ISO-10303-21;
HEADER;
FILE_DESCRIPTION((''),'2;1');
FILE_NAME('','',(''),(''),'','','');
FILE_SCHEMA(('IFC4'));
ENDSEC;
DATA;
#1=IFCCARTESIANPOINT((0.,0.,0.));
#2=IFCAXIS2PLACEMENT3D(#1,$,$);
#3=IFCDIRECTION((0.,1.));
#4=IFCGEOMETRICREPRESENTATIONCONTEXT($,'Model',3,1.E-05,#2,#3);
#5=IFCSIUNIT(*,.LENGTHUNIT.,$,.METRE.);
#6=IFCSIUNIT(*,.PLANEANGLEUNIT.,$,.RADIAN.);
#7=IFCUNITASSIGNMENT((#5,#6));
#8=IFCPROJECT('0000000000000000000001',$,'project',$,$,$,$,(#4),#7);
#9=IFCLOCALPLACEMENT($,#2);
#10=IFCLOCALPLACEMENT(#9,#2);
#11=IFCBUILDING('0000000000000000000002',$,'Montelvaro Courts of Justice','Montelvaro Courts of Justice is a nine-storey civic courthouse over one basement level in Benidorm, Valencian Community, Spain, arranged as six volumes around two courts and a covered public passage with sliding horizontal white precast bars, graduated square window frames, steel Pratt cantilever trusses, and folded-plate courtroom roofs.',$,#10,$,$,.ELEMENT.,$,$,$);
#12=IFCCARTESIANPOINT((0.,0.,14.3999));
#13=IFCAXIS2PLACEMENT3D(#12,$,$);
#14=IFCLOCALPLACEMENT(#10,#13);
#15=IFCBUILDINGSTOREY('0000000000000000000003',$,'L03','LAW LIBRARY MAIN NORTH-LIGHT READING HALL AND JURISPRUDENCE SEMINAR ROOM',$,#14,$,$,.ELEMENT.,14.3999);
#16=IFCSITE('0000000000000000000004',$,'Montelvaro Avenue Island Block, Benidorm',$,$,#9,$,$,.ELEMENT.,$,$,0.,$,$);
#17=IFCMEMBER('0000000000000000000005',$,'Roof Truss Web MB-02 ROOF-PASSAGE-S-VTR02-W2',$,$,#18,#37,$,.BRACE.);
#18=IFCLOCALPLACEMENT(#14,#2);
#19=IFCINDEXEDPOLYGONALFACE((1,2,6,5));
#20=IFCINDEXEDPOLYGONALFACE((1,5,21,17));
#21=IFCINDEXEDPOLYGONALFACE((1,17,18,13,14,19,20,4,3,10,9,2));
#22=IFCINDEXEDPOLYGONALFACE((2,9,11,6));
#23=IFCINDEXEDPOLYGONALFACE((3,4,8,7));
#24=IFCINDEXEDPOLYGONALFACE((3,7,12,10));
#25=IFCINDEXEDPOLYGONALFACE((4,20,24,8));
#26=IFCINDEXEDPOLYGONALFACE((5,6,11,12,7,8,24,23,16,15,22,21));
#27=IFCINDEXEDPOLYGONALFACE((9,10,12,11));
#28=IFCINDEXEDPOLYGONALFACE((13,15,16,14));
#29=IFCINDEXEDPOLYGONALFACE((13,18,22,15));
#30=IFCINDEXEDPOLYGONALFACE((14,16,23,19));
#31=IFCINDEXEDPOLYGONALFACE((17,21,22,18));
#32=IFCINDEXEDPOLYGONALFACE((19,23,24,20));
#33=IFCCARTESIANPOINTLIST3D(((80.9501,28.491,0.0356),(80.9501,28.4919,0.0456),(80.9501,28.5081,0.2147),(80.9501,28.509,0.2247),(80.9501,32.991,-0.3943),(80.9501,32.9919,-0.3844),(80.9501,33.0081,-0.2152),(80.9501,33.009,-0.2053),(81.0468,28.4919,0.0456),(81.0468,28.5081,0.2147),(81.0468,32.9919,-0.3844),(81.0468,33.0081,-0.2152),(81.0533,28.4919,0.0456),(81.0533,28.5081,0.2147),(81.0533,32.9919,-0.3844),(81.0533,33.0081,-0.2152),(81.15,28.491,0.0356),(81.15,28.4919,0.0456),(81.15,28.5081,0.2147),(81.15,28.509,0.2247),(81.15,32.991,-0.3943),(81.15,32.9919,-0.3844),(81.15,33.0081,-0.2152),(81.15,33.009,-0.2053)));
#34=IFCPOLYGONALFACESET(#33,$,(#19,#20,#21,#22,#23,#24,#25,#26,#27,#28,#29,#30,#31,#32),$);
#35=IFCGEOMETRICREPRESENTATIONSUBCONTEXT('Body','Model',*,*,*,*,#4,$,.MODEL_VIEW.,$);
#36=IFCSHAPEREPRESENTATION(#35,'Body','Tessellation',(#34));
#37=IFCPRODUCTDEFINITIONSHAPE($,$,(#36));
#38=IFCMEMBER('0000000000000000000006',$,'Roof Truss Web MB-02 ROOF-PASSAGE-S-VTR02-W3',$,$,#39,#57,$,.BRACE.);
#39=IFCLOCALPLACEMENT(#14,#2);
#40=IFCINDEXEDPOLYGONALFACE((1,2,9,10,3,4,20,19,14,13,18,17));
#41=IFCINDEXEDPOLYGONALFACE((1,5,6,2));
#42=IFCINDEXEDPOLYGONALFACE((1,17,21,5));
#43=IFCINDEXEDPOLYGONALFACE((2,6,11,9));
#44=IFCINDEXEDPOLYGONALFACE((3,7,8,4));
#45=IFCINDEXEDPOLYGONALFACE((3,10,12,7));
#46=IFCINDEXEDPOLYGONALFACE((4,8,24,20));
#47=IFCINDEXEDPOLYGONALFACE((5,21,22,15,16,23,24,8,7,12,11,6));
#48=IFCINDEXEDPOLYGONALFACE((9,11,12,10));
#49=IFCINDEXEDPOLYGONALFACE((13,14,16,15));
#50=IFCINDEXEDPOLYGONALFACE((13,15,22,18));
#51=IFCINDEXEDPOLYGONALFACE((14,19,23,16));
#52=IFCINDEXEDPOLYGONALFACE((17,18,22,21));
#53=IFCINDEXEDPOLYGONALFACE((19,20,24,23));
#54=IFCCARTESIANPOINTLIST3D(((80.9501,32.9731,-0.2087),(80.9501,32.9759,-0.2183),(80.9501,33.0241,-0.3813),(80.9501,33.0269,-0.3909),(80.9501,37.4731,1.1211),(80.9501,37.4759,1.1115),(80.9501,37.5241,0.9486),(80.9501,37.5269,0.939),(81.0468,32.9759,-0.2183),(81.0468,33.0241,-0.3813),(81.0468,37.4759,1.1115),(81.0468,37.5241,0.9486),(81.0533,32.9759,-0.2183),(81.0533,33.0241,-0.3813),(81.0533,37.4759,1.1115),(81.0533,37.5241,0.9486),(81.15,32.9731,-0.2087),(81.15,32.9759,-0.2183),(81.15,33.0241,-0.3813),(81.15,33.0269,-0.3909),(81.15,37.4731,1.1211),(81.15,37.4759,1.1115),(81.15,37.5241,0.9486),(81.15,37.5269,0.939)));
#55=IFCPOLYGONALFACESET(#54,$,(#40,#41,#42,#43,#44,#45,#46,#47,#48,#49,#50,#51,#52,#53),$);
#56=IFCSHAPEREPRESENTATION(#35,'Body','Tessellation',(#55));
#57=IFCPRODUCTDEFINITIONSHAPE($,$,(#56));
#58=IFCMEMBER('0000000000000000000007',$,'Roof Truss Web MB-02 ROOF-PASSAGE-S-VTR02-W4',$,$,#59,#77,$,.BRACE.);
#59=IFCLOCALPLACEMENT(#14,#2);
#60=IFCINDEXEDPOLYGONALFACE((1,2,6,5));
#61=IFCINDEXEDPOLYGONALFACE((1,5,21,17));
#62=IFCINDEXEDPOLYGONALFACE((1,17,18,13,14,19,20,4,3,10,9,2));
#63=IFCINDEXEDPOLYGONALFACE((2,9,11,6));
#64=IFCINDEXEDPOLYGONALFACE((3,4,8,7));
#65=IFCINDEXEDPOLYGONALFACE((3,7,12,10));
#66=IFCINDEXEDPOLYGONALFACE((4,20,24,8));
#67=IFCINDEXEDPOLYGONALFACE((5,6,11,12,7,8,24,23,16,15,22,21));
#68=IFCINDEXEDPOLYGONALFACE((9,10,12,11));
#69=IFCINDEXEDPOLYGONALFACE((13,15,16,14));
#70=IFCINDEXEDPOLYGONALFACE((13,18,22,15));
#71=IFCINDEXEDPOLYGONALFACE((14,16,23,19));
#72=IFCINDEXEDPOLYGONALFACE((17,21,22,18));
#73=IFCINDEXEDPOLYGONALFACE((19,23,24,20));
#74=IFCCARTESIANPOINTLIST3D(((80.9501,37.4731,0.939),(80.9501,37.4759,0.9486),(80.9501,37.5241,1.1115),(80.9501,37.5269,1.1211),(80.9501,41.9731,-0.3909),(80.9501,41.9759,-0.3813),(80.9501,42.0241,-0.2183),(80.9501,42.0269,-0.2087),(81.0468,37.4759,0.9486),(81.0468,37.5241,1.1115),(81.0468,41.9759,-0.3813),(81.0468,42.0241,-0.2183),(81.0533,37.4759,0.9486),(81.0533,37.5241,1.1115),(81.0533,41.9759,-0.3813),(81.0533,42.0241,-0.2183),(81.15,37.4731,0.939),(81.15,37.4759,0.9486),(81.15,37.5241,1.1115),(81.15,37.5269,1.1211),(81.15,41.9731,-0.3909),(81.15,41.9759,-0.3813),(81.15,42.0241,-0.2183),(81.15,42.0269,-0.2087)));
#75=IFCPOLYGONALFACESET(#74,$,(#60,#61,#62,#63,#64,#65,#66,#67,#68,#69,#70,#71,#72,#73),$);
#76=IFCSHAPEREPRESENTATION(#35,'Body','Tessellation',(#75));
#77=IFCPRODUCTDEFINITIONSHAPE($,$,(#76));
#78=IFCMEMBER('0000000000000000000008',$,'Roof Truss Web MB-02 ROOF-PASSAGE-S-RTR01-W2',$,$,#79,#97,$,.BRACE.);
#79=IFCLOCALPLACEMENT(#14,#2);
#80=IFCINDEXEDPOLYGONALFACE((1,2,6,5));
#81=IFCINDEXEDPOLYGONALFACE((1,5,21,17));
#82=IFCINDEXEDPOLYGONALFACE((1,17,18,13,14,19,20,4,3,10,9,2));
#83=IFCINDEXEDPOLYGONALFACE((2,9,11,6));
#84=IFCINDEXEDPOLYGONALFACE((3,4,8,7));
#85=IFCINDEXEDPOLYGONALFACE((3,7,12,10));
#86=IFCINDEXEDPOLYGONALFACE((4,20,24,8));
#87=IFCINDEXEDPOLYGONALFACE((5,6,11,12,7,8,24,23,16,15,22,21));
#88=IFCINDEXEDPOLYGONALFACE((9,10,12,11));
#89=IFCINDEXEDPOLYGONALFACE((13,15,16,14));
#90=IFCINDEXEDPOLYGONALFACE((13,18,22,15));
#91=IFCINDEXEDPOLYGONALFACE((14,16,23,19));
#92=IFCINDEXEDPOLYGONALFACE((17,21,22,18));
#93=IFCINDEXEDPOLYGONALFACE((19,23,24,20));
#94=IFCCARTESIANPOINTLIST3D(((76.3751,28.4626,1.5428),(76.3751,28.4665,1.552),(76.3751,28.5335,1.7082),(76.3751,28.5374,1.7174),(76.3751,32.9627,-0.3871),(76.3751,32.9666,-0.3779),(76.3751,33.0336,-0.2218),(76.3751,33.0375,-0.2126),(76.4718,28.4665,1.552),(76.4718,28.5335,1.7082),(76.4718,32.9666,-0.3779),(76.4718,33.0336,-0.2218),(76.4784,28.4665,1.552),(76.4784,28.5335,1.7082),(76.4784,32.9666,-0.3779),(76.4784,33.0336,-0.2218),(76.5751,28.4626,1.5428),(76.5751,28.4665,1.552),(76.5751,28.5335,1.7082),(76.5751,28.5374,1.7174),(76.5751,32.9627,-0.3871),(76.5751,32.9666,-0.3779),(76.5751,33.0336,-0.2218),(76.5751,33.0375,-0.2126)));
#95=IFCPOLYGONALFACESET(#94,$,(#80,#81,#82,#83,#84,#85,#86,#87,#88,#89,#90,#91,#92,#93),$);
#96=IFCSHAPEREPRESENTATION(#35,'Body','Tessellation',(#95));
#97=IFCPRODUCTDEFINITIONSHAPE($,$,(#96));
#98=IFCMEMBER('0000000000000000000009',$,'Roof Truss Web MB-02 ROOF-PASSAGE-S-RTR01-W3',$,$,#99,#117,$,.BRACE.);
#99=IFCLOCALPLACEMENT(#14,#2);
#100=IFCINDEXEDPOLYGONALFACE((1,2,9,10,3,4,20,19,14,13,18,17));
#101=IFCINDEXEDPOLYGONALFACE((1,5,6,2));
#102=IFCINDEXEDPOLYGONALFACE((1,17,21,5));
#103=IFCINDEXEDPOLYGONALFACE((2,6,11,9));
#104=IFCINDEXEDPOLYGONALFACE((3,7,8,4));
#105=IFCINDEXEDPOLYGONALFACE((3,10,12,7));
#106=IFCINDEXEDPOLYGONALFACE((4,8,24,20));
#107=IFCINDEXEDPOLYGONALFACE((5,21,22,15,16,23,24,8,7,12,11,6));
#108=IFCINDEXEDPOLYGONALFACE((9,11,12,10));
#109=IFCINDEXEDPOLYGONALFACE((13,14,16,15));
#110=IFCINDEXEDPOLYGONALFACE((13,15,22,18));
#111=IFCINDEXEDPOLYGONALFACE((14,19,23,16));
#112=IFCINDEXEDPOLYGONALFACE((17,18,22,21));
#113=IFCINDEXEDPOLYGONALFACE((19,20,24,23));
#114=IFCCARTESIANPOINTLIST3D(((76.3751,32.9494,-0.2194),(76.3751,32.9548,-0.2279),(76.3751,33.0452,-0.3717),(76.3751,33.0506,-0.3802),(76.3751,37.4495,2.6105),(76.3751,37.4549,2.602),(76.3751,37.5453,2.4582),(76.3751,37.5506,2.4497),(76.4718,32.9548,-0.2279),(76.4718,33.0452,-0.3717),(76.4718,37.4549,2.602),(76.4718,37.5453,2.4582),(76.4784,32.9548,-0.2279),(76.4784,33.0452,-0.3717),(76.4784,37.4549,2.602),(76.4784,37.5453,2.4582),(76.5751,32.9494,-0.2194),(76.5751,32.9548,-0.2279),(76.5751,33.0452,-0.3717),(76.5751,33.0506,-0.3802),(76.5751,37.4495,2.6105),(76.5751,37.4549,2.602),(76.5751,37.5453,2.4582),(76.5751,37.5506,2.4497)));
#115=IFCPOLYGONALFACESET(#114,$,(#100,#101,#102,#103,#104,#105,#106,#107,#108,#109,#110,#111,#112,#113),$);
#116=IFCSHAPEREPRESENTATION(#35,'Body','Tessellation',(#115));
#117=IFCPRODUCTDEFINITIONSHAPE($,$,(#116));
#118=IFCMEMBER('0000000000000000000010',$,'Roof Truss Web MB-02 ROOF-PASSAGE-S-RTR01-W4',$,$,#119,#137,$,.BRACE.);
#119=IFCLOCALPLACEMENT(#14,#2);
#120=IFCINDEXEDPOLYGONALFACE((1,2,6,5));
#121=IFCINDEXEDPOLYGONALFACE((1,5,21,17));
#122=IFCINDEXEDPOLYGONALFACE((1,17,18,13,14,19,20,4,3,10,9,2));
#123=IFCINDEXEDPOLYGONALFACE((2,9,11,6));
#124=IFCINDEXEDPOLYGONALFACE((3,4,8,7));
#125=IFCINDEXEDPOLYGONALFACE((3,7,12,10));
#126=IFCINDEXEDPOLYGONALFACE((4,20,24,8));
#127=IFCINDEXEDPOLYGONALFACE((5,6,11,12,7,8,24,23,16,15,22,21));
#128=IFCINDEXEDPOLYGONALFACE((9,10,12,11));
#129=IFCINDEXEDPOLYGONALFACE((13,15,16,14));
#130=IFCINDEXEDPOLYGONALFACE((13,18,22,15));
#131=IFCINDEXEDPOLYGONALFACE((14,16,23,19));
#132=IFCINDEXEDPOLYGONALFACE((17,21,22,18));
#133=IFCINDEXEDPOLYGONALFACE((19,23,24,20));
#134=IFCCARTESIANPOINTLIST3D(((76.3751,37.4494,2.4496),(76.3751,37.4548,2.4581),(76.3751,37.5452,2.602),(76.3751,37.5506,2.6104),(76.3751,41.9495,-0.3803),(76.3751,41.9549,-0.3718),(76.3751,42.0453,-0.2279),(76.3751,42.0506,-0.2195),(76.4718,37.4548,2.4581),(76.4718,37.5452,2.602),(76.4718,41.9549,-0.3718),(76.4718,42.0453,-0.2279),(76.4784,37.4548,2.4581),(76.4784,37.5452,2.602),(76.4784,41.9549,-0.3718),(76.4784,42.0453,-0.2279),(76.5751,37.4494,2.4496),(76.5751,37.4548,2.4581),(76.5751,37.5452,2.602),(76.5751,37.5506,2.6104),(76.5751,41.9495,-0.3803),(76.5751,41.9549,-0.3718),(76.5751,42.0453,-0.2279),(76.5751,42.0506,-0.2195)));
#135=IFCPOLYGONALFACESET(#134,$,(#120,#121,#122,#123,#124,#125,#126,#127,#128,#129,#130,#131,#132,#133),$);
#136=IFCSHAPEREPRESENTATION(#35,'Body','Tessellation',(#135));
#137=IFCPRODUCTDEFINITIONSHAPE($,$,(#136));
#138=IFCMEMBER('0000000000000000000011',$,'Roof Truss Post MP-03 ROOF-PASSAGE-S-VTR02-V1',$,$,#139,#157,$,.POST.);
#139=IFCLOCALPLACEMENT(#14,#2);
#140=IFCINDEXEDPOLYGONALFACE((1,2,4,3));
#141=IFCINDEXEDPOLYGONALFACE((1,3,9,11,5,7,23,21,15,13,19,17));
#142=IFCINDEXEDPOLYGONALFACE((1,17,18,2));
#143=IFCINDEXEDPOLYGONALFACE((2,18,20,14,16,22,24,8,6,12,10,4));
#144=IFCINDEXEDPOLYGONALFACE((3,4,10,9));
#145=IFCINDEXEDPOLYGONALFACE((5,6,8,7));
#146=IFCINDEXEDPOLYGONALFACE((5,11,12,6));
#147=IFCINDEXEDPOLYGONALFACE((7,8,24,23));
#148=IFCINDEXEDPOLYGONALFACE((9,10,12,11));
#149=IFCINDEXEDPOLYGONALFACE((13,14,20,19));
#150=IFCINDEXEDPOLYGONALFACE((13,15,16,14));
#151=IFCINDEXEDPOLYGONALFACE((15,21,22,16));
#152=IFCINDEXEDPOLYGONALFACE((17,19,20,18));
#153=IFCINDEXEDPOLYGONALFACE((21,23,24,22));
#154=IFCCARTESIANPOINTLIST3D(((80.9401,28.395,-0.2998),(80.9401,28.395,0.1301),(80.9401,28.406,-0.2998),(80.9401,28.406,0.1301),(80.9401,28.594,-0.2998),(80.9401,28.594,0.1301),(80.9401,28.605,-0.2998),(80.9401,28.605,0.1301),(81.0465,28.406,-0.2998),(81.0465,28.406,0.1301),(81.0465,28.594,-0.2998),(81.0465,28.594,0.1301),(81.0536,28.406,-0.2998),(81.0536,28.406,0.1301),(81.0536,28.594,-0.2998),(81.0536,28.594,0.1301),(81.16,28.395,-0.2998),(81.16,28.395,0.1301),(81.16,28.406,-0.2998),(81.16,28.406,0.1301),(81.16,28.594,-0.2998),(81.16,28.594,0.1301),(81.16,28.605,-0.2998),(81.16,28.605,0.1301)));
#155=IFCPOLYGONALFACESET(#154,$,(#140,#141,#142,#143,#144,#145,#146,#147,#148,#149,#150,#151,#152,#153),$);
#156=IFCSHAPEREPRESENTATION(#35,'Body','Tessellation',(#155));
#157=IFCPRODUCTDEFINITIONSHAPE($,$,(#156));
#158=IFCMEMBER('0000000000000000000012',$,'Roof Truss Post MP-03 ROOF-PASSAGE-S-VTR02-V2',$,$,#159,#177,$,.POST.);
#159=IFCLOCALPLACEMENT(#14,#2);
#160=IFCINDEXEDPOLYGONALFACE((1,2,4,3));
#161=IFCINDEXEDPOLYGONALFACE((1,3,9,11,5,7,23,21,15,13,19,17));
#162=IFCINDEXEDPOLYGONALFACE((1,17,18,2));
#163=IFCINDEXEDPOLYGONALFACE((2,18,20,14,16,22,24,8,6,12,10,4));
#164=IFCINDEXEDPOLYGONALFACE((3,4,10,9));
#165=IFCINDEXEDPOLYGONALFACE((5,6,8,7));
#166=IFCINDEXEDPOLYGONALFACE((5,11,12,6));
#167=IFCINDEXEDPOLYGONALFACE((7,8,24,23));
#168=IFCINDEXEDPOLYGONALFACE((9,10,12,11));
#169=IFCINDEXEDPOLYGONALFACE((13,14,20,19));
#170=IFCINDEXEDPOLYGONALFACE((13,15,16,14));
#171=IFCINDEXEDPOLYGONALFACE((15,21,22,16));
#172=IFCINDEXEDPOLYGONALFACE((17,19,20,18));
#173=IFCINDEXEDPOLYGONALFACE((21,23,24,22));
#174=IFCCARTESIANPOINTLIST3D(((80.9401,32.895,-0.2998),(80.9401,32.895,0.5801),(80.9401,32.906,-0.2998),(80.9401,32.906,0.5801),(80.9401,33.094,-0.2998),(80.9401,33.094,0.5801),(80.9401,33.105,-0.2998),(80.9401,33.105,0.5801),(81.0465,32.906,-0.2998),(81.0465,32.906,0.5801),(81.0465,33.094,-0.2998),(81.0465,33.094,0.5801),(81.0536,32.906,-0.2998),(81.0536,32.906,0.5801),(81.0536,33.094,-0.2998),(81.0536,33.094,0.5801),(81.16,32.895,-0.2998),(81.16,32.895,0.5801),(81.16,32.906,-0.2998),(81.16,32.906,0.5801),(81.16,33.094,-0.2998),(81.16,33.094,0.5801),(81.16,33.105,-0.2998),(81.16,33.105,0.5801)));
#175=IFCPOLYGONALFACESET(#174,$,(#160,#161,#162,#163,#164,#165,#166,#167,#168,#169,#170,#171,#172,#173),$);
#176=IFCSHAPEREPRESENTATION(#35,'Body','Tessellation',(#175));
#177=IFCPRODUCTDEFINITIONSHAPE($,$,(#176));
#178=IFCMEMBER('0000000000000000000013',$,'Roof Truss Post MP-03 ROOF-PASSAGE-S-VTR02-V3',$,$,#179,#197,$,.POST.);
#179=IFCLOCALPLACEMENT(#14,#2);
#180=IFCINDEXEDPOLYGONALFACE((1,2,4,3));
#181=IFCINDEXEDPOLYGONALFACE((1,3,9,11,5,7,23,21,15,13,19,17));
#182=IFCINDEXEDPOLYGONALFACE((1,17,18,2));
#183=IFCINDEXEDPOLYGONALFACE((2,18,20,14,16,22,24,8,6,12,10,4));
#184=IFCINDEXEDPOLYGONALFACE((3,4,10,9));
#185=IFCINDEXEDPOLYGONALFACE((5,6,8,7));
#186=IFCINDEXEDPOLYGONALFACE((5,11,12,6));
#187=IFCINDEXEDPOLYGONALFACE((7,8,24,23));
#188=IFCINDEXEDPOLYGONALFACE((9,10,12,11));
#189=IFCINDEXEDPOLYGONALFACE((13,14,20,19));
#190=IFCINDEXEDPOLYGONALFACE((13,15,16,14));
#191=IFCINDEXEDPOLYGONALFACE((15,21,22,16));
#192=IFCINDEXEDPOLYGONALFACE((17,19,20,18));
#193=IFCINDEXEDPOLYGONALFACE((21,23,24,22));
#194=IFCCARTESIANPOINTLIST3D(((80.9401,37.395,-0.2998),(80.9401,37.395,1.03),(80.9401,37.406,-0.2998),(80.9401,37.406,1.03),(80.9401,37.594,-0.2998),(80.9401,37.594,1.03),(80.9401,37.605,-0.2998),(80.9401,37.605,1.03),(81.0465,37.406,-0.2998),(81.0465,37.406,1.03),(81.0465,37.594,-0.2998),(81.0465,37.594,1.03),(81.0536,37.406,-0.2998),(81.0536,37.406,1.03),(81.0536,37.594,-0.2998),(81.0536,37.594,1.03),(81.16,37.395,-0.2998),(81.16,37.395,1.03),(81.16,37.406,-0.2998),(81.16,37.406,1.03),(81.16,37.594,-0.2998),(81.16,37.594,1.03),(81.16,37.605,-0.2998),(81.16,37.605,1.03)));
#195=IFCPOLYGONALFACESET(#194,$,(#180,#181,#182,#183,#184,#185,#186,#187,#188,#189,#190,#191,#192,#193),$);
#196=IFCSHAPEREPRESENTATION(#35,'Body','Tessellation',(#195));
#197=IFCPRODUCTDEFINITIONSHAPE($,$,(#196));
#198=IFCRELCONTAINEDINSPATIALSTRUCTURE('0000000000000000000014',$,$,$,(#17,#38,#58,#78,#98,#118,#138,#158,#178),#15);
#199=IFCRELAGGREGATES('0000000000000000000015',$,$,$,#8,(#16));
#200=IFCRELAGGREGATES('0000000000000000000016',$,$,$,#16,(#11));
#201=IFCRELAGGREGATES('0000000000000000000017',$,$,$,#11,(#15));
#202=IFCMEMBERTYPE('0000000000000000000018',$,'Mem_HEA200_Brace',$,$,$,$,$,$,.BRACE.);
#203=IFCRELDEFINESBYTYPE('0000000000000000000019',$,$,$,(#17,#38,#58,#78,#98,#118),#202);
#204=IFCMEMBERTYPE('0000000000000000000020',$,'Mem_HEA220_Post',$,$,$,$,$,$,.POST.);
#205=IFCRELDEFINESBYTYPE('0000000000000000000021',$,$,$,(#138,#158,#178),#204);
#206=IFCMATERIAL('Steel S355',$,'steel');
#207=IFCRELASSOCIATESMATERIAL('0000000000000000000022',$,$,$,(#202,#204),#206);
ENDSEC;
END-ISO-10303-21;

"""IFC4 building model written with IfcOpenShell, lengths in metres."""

from ifc_helpers import new_model, si_unit, direction, frame, origin, origin_2d, place, context, subcontext, project, spatial, i_section, extrude, material, material_profile, profile_set, type_object, element, save


model = new_model("IFC4")

# Units and contexts
model_context = context("Model", 3, precision=1e-05, world=origin(), true_north=direction((0.0, 1.0)))
body_context = subcontext(model_context, "Body", "Model", "MODEL_VIEW")
ifc_project = project(units=[si_unit("LENGTHUNIT", "METRE"), si_unit("PLANEANGLEUNIT", "RADIAN")], contexts=[model_context])

# Site, building, storey
site_placement = place(None, origin())
site = spatial("IfcSite", under=ifc_project, at=site_placement, Name="Montelvaro Avenue Island Block, Benidorm", CompositionType="ELEMENT", RefElevation=0.0)
building_placement = place(site_placement, origin())
building = spatial("IfcBuilding", under=site, at=building_placement, Name="Montelvaro Courts of Justice", Description="Montelvaro Courts of Justice is a nine-storey civic courthouse over one basement level in Benidorm, Valencian Community, Spain, arranged as six volumes around two courts and a covered public passage with sliding horizontal white precast bars, graduated square window frames, steel Pratt cantilever trusses, and folded-plate courtroom roofs.", CompositionType="ELEMENT")
storey_placement = place(building_placement, frame((0.0, 0.0, 14.3999)))
storey = spatial("IfcBuildingStorey", under=building, at=storey_placement, Name="L03", Description="LAW LIBRARY MAIN NORTH-LIGHT READING HALL AND JURISPRUDENCE SEMINAR ROOM", CompositionType="ELEMENT", Elevation=14.3999)

# Members
ifc_material = material(Name="Steel S355", Category="steel")
ifc_material_profile_1 = material_profile(ifc_material, i_section(OverallWidth=0.2, OverallDepth=0.1899, WebThickness=0.0066, FlangeThickness=0.01, at=origin_2d()), Name="HEA 200")
ifc_profile_set_1 = profile_set([ifc_material_profile_1], Name="Steel S355")
member_type_1 = type_object("IfcMemberType", Name="Mem_HEA200_Brace", PredefinedType="BRACE", material=ifc_profile_set_1)
member_1_placement = place(storey_placement, frame((81.05, 28.5, 0.1301), z_axis=(0.0, 0.995467, -0.095107), x_axis=(-1.0, 0.0, 0.0)))
element("IfcMember", 1, at=member_1_placement, inside=storey, type_object=member_type_1, Name="Roof Truss Web MB-02 ROOF-PASSAGE-S-VTR02-W2", PredefinedType="BRACE", context=body_context, shape_type="SweptSolid", body=[
    extrude(i_section(OverallWidth=0.2, OverallDepth=0.1899, WebThickness=0.0066, FlangeThickness=0.01, at=origin_2d()), origin(), (0.0, 0.0, 1.0), 4.5205),
])
for number, where, z_axis, x_axis, name in (
    (2, (81.05, 33.0, -0.2998), (0.0, 0.959001, 0.283403), (-1.0, 0.0, 0.0), "Roof Truss Web MB-02 ROOF-PASSAGE-S-VTR02-W3"),
    (3, (81.05, 37.5, 1.03), (0.0, 0.959001, -0.283403), (-1.0, 0.0, 0.0), "Roof Truss Web MB-02 ROOF-PASSAGE-S-VTR02-W4"),
):
    element("IfcMember", number, at=place(storey_placement, frame(where, z_axis=z_axis, x_axis=x_axis)), inside=storey, type_object=member_type_1, Name=name, PredefinedType="BRACE", context=body_context, shape_type="SweptSolid", body=[
        extrude(i_section(OverallWidth=0.2, OverallDepth=0.1899, WebThickness=0.0066, FlangeThickness=0.01, at=origin_2d()), origin(), (0.0, 0.0, 1.0), 4.6924),
    ])
member_2_placement = place(storey_placement, frame((76.4751, 28.5, 1.6301), z_axis=(0.0, 0.919044, -0.394154), x_axis=(-1.0, 0.0, 0.0)))
element("IfcMember", 4, at=member_2_placement, inside=storey, type_object=member_type_1, Name="Roof Truss Web MB-02 ROOF-PASSAGE-S-RTR01-W2", PredefinedType="BRACE", context=body_context, shape_type="SweptSolid", body=[
    extrude(i_section(OverallWidth=0.2, OverallDepth=0.1899, WebThickness=0.0066, FlangeThickness=0.01, at=origin_2d()), origin(), (0.0, 0.0, 1.0), 4.8965),
])
for number, where, z_axis, x_axis, name in (
    (5, (76.4751, 33.0, -0.2998), (0.0, 0.84653, 0.532342), (-1.0, 0.0, 0.0), "Roof Truss Web MB-02 ROOF-PASSAGE-S-RTR01-W3"),
    (6, (76.4751, 37.5, 2.53), (0.0, 0.84653, -0.532342), (-1.0, 0.0, 0.0), "Roof Truss Web MB-02 ROOF-PASSAGE-S-RTR01-W4"),
):
    element("IfcMember", number, at=place(storey_placement, frame(where, z_axis=z_axis, x_axis=x_axis)), inside=storey, type_object=member_type_1, Name=name, PredefinedType="BRACE", context=body_context, shape_type="SweptSolid", body=[
        extrude(i_section(OverallWidth=0.2, OverallDepth=0.1899, WebThickness=0.0066, FlangeThickness=0.01, at=origin_2d()), origin(), (0.0, 0.0, 1.0), 5.3159),
    ])
ifc_material_profile_2 = material_profile(ifc_material, i_section(OverallWidth=0.22, OverallDepth=0.21, WebThickness=0.0071, FlangeThickness=0.011, at=origin_2d()), Name="HEA 220")
ifc_profile_set_2 = profile_set([ifc_material_profile_2], Name="Steel S355")
member_type_2 = type_object("IfcMemberType", Name="Mem_HEA220_Post", PredefinedType="POST", material=ifc_profile_set_2)
member_3_placement = place(storey_placement, frame((81.05, 28.5, -0.2998), z_axis=(0.0, 0.0, 1.0), x_axis=(1.0, 0.0, 0.0)))
element("IfcMember", 7, at=member_3_placement, inside=storey, type_object=member_type_2, Name="Roof Truss Post MP-03 ROOF-PASSAGE-S-VTR02-V1", PredefinedType="POST", context=body_context, shape_type="SweptSolid", body=[
    extrude(i_section(OverallWidth=0.22, OverallDepth=0.21, WebThickness=0.0071, FlangeThickness=0.011, at=origin_2d()), origin(), (0.0, 0.0, 1.0), 0.4299),
])
member_4_placement = place(storey_placement, frame((81.05, 33.0, -0.2998), z_axis=(0.0, 0.0, 1.0), x_axis=(1.0, 0.0, 0.0)))
element("IfcMember", 8, at=member_4_placement, inside=storey, type_object=member_type_2, Name="Roof Truss Post MP-03 ROOF-PASSAGE-S-VTR02-V2", PredefinedType="POST", context=body_context, shape_type="SweptSolid", body=[
    extrude(i_section(OverallWidth=0.22, OverallDepth=0.21, WebThickness=0.0071, FlangeThickness=0.011, at=origin_2d()), origin(), (0.0, 0.0, 1.0), 0.8799),
])
member_5_placement = place(storey_placement, frame((81.05, 37.5, -0.2998), z_axis=(0.0, 0.0, 1.0), x_axis=(1.0, 0.0, 0.0)))
element("IfcMember", 9, at=member_5_placement, inside=storey, type_object=member_type_2, Name="Roof Truss Post MP-03 ROOF-PASSAGE-S-VTR02-V3", PredefinedType="POST", context=body_context, shape_type="SweptSolid", body=[
    extrude(i_section(OverallWidth=0.22, OverallDepth=0.21, WebThickness=0.0071, FlangeThickness=0.011, at=origin_2d()), origin(), (0.0, 0.0, 1.0), 1.3298),
])

save(model, "model.ifc")
